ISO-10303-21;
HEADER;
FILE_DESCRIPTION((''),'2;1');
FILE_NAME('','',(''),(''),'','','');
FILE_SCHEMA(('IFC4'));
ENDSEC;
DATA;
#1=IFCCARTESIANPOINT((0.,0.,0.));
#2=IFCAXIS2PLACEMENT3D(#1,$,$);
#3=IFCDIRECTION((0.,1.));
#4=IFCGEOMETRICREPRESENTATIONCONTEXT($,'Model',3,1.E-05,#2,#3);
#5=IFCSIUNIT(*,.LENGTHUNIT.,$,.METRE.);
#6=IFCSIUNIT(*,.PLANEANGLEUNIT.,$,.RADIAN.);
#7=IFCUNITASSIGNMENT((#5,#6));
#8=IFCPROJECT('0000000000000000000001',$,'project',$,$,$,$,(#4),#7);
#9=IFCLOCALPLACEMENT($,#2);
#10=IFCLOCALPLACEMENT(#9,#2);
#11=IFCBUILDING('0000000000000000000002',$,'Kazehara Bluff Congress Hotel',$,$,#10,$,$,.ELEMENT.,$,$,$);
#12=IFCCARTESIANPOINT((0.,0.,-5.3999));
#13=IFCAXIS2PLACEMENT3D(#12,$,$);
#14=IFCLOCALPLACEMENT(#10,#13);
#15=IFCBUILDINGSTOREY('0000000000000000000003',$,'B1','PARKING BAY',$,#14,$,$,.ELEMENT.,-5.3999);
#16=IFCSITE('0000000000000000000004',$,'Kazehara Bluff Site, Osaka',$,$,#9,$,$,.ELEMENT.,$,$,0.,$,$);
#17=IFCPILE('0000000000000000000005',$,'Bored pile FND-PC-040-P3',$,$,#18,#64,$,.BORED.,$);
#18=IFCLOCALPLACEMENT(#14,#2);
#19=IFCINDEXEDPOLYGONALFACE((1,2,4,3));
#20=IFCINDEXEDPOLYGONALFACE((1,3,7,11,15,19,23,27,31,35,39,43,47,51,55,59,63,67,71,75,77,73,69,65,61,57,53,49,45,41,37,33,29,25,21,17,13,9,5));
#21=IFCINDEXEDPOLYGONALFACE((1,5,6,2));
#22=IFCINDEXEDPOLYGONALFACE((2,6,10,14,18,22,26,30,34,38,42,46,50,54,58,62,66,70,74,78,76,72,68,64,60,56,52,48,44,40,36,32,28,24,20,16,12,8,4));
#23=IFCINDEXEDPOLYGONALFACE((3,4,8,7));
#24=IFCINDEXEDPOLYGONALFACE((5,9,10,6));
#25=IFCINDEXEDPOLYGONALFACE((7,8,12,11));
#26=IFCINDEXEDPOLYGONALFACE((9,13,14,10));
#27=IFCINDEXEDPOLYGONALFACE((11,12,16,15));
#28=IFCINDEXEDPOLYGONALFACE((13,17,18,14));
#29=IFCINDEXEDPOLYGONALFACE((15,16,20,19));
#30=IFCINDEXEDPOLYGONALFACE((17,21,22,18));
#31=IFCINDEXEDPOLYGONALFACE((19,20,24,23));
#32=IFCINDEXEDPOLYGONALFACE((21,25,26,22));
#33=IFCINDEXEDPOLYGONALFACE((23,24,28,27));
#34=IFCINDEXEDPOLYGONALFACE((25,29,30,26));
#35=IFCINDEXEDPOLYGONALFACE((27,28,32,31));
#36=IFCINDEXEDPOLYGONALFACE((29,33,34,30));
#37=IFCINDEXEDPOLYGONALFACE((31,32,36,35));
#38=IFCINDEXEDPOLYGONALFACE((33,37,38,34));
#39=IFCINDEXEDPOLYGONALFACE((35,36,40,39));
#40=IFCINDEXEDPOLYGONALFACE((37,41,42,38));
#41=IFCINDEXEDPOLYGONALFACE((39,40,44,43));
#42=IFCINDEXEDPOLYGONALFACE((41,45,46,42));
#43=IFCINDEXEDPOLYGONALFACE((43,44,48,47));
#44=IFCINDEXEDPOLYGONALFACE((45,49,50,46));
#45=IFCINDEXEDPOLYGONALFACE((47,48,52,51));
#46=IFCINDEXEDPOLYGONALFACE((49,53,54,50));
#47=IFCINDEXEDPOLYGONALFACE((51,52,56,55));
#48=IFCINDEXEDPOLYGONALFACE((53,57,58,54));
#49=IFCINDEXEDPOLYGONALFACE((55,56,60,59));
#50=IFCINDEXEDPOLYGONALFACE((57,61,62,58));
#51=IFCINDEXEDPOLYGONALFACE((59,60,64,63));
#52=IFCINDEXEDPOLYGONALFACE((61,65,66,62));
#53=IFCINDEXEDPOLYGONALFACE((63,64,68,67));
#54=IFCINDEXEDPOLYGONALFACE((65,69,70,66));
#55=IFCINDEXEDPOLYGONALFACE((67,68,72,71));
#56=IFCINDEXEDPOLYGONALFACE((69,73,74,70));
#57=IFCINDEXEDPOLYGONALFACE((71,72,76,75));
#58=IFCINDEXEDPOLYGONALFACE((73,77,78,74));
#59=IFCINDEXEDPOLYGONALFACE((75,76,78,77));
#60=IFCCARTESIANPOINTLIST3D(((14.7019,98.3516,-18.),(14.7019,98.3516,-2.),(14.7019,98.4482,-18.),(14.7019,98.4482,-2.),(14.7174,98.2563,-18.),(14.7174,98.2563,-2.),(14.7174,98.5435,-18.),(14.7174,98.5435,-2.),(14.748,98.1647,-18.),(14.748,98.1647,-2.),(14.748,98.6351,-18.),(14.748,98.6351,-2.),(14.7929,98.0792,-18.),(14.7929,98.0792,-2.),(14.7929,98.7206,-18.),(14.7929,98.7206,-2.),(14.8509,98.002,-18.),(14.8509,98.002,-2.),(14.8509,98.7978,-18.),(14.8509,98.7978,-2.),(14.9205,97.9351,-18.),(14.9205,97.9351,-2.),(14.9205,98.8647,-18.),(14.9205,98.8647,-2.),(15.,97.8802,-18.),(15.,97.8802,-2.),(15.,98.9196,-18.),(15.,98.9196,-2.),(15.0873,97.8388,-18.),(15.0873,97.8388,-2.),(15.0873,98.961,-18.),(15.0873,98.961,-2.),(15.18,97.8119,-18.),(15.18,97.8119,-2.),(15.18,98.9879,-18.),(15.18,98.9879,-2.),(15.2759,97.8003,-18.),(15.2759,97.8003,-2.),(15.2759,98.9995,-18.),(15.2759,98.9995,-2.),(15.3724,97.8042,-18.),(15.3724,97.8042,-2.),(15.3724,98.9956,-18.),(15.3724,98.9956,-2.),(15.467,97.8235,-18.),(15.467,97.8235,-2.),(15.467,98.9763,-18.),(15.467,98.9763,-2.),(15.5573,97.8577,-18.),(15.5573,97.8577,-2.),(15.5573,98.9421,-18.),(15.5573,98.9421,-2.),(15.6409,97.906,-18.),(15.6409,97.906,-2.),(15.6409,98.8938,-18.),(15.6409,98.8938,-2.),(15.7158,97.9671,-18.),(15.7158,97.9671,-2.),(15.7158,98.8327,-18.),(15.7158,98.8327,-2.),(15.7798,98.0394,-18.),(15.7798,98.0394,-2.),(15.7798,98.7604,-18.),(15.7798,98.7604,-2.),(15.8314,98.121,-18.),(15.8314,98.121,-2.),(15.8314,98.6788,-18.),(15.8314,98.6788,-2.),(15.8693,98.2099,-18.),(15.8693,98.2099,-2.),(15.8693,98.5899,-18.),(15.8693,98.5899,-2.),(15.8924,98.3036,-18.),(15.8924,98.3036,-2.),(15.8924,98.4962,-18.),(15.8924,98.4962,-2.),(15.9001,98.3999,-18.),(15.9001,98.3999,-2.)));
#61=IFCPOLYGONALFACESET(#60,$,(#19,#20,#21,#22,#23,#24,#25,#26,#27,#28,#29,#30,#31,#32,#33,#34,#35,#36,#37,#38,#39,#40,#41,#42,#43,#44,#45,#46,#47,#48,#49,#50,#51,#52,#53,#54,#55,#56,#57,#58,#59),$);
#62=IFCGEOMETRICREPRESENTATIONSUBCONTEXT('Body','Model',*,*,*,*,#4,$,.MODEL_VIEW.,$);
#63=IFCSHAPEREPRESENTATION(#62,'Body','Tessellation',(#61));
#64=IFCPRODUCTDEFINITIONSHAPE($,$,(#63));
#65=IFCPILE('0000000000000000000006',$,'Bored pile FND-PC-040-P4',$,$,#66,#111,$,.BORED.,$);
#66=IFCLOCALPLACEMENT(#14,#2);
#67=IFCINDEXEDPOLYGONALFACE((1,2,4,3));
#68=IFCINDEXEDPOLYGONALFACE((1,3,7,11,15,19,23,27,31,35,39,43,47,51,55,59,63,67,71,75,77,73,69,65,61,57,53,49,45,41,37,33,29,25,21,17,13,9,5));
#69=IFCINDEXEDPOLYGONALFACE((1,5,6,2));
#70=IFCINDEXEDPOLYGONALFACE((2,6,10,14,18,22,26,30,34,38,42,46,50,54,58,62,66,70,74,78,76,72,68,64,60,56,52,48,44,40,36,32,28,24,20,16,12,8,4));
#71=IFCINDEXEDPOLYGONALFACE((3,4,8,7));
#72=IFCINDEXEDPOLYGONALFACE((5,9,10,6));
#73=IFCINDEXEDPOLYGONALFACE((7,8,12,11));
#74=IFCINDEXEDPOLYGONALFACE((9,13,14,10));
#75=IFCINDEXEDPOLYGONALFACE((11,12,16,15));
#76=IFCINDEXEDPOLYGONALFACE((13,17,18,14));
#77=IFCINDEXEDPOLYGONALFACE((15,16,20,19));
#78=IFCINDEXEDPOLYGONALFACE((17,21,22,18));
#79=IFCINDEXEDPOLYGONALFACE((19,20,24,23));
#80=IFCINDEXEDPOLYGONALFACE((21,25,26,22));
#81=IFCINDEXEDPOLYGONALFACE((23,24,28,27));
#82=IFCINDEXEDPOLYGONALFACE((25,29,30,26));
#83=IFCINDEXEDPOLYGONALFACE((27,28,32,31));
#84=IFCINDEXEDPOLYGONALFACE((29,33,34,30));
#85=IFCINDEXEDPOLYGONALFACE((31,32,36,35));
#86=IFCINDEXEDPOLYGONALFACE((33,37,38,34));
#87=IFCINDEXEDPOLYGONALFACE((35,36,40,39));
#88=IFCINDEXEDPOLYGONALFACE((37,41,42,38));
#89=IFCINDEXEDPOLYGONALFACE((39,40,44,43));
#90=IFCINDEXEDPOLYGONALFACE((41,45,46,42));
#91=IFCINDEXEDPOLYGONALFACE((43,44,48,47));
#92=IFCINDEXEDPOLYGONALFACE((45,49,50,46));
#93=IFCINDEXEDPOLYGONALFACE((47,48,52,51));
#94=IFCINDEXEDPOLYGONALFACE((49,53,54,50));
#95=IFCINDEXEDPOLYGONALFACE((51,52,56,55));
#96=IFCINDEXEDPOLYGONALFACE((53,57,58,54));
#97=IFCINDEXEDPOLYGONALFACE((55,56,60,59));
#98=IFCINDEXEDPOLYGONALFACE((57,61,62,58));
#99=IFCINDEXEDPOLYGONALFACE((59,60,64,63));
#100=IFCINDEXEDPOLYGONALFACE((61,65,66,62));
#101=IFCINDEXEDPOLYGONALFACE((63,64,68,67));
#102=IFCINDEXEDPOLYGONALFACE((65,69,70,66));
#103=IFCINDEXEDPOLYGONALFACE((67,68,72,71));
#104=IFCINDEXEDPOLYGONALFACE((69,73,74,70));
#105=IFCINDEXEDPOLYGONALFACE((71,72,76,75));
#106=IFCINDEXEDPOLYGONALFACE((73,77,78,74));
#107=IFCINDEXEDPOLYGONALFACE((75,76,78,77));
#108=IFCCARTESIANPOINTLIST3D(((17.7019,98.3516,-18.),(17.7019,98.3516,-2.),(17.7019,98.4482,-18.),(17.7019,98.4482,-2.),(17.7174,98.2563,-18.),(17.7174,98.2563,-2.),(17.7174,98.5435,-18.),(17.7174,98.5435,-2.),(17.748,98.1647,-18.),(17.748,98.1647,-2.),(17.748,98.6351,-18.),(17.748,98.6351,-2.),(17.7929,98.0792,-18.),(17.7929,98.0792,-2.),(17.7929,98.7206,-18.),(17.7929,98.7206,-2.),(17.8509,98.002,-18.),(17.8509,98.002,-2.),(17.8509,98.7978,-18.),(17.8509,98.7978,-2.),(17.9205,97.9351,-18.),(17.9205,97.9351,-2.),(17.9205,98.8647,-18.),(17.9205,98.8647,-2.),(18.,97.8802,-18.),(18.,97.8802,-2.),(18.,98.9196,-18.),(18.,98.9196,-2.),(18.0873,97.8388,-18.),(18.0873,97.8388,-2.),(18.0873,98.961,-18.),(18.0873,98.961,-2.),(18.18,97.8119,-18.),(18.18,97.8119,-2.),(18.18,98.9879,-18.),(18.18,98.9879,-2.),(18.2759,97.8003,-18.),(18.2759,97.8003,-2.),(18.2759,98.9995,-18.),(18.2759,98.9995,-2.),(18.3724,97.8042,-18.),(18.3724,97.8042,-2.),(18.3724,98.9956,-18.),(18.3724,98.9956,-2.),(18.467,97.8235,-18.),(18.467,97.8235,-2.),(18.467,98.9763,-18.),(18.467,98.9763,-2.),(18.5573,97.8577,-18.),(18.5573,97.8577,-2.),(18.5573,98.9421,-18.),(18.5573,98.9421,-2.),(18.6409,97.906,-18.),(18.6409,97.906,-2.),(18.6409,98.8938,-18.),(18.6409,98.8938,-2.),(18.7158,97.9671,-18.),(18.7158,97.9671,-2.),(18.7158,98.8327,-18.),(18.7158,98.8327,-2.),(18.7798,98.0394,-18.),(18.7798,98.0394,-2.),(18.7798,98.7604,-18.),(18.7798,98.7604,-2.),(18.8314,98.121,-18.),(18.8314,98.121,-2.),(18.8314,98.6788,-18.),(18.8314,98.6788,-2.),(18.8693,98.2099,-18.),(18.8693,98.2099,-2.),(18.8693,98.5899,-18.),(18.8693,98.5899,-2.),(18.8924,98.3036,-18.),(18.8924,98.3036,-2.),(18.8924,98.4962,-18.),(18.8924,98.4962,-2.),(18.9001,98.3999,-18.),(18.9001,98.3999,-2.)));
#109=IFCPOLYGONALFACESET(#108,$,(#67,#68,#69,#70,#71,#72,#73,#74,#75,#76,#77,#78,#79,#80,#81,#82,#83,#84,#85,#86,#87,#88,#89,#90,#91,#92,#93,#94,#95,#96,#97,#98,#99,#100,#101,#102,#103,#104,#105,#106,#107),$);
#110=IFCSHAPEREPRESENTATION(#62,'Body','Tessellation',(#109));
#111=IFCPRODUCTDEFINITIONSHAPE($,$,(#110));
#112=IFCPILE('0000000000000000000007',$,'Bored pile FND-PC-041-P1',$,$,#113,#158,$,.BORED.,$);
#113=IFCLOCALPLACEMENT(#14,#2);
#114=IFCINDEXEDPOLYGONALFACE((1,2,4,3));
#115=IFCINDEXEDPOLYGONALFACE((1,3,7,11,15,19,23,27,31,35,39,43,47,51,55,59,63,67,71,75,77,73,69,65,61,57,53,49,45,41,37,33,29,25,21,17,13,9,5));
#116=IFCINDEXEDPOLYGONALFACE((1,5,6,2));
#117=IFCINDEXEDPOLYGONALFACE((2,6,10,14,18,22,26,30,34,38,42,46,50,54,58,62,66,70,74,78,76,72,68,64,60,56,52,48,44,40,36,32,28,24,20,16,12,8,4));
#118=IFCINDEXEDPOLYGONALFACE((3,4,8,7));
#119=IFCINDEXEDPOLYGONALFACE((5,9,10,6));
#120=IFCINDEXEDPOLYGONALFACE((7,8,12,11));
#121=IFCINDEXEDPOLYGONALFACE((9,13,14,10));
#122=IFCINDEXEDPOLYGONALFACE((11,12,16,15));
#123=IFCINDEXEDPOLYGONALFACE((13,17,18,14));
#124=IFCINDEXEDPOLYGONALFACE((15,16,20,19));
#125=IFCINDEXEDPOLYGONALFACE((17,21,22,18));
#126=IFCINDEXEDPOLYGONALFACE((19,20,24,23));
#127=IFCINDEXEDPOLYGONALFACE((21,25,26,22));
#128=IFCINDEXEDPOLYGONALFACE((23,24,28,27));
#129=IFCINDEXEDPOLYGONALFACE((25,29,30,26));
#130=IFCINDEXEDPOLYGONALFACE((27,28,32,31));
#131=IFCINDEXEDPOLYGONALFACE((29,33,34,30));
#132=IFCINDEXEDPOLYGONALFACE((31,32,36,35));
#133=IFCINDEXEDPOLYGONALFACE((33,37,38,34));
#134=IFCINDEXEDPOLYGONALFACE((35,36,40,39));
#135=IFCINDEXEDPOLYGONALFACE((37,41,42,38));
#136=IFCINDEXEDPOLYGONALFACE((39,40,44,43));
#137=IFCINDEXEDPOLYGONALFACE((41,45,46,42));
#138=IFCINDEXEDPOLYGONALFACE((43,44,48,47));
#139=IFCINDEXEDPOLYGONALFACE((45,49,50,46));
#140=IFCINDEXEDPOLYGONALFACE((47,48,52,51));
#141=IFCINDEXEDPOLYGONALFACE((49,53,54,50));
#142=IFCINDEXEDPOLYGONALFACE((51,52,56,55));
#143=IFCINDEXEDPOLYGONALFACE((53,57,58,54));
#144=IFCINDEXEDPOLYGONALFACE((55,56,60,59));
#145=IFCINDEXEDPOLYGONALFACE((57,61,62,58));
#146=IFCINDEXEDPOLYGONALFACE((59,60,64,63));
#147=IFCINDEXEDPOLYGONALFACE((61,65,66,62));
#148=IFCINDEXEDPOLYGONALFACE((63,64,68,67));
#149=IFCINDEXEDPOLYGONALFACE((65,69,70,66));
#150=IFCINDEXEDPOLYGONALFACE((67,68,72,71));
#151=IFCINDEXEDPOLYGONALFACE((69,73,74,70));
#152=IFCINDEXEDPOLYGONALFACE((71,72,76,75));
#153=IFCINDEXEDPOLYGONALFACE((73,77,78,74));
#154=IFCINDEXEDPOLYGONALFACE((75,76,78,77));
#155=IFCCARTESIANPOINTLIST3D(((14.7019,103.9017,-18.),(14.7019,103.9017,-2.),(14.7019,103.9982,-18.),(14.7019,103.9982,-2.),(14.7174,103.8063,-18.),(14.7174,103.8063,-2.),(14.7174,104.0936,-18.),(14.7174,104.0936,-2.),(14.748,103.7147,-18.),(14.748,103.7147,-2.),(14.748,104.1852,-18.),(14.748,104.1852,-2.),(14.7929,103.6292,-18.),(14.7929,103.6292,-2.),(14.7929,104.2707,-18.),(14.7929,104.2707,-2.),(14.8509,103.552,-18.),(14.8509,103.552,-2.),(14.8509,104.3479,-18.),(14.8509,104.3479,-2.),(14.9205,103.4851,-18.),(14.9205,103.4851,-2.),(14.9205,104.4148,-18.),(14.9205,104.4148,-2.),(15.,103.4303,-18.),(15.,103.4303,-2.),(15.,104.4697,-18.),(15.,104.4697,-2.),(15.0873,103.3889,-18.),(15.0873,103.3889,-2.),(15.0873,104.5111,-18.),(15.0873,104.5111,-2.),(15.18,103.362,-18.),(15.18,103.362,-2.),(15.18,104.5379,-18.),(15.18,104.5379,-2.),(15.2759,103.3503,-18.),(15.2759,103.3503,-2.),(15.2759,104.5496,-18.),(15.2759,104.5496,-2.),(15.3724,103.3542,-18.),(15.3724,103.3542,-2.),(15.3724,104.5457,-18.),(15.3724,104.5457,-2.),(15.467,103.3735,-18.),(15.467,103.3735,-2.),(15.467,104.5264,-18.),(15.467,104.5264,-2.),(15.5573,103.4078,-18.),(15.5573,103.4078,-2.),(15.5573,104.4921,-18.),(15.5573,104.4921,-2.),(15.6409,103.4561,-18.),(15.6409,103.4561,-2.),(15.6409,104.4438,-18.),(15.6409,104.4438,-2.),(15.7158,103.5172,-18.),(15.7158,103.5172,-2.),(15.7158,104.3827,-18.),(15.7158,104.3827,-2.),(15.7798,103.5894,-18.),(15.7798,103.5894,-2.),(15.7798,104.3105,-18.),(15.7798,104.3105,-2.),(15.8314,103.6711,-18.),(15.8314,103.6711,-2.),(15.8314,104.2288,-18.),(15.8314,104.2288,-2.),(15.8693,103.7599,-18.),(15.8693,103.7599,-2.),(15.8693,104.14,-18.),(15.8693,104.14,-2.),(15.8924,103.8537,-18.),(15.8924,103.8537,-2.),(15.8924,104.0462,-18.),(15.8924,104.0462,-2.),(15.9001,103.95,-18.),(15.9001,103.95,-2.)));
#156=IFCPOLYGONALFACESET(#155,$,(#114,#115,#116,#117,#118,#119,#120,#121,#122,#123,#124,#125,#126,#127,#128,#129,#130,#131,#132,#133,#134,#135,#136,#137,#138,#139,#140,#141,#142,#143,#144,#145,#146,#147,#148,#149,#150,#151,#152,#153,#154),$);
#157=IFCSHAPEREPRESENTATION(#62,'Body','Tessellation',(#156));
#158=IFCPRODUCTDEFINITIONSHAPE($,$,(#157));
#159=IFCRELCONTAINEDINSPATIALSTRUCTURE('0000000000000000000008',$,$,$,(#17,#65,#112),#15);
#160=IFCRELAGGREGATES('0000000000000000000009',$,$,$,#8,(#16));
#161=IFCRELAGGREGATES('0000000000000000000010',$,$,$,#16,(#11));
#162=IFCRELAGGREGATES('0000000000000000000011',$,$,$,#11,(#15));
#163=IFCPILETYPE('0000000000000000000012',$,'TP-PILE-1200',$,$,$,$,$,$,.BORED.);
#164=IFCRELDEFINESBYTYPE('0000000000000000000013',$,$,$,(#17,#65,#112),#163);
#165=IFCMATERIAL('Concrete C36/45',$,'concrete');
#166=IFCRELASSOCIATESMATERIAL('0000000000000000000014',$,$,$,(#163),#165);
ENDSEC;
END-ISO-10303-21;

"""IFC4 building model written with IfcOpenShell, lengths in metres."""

from ifc_helpers import new_model, si_unit, direction, frame, origin, origin_2d, place, context, subcontext, project, spatial, circle, extrude, material, material_profile, profile_set, type_object, element, save


model = new_model("IFC4")

# Units and contexts
model_context = context("Model", 3, precision=1e-05, world=origin(), true_north=direction((0.0, 1.0)))
body_context = subcontext(model_context, "Body", "Model", "MODEL_VIEW")
ifc_project = project(units=[si_unit("LENGTHUNIT", "METRE"), si_unit("PLANEANGLEUNIT", "RADIAN")], contexts=[model_context])

# Site, building, storey
site_placement = place(None, origin())
site = spatial("IfcSite", under=ifc_project, at=site_placement, Name="Kazehara Bluff Site, Osaka", CompositionType="ELEMENT", RefElevation=0.0)
building_placement = place(site_placement, origin())
building = spatial("IfcBuilding", under=site, at=building_placement, Name="Kazehara Bluff Congress Hotel", CompositionType="ELEMENT")
storey_placement = place(building_placement, frame((0.0, 0.0, -5.3999)))
storey = spatial("IfcBuildingStorey", under=building, at=storey_placement, Name="B1", Description="PARKING BAY", CompositionType="ELEMENT", Elevation=-5.3999)

# Piles
ifc_material_1 = material(Name="Concrete C36/45", Category="concrete")
ifc_material_profile_1 = material_profile(ifc_material_1, circle(Radius=0.6001, at=origin_2d()))
ifc_profile_set_1 = profile_set([ifc_material_profile_1], Name="Concrete C36/45")
pile_type = type_object("IfcPileType", Name="TP-PILE-1200", PredefinedType="BORED", material=ifc_profile_set_1)
for number, where, z_axis, x_axis, name in (
    (1, (15.3, 98.3999, -2.0), (0.0, 0.0, -1.0), (1.0, 0.0, 0.0), "Bored pile FND-PC-040-P3"),
    (2, (18.3, 98.3999, -2.0), (0.0, 0.0, -1.0), (1.0, 0.0, 0.0), "Bored pile FND-PC-040-P4"),
    (3, (15.3, 103.95, -2.0), (0.0, 0.0, -1.0), (1.0, 0.0, 0.0), "Bored pile FND-PC-041-P1"),
):
    element("IfcPile", number, at=place(storey_placement, frame(where, z_axis=z_axis, x_axis=x_axis)), inside=storey, type_object=pile_type, Name=name, PredefinedType="BORED", context=body_context, shape_type="SweptSolid", body=[
        extrude(circle(Radius=0.6001, at=origin_2d()), origin(), (0.0, 0.0, 1.0), 16.0),
    ])

save(model, "model.ifc")
